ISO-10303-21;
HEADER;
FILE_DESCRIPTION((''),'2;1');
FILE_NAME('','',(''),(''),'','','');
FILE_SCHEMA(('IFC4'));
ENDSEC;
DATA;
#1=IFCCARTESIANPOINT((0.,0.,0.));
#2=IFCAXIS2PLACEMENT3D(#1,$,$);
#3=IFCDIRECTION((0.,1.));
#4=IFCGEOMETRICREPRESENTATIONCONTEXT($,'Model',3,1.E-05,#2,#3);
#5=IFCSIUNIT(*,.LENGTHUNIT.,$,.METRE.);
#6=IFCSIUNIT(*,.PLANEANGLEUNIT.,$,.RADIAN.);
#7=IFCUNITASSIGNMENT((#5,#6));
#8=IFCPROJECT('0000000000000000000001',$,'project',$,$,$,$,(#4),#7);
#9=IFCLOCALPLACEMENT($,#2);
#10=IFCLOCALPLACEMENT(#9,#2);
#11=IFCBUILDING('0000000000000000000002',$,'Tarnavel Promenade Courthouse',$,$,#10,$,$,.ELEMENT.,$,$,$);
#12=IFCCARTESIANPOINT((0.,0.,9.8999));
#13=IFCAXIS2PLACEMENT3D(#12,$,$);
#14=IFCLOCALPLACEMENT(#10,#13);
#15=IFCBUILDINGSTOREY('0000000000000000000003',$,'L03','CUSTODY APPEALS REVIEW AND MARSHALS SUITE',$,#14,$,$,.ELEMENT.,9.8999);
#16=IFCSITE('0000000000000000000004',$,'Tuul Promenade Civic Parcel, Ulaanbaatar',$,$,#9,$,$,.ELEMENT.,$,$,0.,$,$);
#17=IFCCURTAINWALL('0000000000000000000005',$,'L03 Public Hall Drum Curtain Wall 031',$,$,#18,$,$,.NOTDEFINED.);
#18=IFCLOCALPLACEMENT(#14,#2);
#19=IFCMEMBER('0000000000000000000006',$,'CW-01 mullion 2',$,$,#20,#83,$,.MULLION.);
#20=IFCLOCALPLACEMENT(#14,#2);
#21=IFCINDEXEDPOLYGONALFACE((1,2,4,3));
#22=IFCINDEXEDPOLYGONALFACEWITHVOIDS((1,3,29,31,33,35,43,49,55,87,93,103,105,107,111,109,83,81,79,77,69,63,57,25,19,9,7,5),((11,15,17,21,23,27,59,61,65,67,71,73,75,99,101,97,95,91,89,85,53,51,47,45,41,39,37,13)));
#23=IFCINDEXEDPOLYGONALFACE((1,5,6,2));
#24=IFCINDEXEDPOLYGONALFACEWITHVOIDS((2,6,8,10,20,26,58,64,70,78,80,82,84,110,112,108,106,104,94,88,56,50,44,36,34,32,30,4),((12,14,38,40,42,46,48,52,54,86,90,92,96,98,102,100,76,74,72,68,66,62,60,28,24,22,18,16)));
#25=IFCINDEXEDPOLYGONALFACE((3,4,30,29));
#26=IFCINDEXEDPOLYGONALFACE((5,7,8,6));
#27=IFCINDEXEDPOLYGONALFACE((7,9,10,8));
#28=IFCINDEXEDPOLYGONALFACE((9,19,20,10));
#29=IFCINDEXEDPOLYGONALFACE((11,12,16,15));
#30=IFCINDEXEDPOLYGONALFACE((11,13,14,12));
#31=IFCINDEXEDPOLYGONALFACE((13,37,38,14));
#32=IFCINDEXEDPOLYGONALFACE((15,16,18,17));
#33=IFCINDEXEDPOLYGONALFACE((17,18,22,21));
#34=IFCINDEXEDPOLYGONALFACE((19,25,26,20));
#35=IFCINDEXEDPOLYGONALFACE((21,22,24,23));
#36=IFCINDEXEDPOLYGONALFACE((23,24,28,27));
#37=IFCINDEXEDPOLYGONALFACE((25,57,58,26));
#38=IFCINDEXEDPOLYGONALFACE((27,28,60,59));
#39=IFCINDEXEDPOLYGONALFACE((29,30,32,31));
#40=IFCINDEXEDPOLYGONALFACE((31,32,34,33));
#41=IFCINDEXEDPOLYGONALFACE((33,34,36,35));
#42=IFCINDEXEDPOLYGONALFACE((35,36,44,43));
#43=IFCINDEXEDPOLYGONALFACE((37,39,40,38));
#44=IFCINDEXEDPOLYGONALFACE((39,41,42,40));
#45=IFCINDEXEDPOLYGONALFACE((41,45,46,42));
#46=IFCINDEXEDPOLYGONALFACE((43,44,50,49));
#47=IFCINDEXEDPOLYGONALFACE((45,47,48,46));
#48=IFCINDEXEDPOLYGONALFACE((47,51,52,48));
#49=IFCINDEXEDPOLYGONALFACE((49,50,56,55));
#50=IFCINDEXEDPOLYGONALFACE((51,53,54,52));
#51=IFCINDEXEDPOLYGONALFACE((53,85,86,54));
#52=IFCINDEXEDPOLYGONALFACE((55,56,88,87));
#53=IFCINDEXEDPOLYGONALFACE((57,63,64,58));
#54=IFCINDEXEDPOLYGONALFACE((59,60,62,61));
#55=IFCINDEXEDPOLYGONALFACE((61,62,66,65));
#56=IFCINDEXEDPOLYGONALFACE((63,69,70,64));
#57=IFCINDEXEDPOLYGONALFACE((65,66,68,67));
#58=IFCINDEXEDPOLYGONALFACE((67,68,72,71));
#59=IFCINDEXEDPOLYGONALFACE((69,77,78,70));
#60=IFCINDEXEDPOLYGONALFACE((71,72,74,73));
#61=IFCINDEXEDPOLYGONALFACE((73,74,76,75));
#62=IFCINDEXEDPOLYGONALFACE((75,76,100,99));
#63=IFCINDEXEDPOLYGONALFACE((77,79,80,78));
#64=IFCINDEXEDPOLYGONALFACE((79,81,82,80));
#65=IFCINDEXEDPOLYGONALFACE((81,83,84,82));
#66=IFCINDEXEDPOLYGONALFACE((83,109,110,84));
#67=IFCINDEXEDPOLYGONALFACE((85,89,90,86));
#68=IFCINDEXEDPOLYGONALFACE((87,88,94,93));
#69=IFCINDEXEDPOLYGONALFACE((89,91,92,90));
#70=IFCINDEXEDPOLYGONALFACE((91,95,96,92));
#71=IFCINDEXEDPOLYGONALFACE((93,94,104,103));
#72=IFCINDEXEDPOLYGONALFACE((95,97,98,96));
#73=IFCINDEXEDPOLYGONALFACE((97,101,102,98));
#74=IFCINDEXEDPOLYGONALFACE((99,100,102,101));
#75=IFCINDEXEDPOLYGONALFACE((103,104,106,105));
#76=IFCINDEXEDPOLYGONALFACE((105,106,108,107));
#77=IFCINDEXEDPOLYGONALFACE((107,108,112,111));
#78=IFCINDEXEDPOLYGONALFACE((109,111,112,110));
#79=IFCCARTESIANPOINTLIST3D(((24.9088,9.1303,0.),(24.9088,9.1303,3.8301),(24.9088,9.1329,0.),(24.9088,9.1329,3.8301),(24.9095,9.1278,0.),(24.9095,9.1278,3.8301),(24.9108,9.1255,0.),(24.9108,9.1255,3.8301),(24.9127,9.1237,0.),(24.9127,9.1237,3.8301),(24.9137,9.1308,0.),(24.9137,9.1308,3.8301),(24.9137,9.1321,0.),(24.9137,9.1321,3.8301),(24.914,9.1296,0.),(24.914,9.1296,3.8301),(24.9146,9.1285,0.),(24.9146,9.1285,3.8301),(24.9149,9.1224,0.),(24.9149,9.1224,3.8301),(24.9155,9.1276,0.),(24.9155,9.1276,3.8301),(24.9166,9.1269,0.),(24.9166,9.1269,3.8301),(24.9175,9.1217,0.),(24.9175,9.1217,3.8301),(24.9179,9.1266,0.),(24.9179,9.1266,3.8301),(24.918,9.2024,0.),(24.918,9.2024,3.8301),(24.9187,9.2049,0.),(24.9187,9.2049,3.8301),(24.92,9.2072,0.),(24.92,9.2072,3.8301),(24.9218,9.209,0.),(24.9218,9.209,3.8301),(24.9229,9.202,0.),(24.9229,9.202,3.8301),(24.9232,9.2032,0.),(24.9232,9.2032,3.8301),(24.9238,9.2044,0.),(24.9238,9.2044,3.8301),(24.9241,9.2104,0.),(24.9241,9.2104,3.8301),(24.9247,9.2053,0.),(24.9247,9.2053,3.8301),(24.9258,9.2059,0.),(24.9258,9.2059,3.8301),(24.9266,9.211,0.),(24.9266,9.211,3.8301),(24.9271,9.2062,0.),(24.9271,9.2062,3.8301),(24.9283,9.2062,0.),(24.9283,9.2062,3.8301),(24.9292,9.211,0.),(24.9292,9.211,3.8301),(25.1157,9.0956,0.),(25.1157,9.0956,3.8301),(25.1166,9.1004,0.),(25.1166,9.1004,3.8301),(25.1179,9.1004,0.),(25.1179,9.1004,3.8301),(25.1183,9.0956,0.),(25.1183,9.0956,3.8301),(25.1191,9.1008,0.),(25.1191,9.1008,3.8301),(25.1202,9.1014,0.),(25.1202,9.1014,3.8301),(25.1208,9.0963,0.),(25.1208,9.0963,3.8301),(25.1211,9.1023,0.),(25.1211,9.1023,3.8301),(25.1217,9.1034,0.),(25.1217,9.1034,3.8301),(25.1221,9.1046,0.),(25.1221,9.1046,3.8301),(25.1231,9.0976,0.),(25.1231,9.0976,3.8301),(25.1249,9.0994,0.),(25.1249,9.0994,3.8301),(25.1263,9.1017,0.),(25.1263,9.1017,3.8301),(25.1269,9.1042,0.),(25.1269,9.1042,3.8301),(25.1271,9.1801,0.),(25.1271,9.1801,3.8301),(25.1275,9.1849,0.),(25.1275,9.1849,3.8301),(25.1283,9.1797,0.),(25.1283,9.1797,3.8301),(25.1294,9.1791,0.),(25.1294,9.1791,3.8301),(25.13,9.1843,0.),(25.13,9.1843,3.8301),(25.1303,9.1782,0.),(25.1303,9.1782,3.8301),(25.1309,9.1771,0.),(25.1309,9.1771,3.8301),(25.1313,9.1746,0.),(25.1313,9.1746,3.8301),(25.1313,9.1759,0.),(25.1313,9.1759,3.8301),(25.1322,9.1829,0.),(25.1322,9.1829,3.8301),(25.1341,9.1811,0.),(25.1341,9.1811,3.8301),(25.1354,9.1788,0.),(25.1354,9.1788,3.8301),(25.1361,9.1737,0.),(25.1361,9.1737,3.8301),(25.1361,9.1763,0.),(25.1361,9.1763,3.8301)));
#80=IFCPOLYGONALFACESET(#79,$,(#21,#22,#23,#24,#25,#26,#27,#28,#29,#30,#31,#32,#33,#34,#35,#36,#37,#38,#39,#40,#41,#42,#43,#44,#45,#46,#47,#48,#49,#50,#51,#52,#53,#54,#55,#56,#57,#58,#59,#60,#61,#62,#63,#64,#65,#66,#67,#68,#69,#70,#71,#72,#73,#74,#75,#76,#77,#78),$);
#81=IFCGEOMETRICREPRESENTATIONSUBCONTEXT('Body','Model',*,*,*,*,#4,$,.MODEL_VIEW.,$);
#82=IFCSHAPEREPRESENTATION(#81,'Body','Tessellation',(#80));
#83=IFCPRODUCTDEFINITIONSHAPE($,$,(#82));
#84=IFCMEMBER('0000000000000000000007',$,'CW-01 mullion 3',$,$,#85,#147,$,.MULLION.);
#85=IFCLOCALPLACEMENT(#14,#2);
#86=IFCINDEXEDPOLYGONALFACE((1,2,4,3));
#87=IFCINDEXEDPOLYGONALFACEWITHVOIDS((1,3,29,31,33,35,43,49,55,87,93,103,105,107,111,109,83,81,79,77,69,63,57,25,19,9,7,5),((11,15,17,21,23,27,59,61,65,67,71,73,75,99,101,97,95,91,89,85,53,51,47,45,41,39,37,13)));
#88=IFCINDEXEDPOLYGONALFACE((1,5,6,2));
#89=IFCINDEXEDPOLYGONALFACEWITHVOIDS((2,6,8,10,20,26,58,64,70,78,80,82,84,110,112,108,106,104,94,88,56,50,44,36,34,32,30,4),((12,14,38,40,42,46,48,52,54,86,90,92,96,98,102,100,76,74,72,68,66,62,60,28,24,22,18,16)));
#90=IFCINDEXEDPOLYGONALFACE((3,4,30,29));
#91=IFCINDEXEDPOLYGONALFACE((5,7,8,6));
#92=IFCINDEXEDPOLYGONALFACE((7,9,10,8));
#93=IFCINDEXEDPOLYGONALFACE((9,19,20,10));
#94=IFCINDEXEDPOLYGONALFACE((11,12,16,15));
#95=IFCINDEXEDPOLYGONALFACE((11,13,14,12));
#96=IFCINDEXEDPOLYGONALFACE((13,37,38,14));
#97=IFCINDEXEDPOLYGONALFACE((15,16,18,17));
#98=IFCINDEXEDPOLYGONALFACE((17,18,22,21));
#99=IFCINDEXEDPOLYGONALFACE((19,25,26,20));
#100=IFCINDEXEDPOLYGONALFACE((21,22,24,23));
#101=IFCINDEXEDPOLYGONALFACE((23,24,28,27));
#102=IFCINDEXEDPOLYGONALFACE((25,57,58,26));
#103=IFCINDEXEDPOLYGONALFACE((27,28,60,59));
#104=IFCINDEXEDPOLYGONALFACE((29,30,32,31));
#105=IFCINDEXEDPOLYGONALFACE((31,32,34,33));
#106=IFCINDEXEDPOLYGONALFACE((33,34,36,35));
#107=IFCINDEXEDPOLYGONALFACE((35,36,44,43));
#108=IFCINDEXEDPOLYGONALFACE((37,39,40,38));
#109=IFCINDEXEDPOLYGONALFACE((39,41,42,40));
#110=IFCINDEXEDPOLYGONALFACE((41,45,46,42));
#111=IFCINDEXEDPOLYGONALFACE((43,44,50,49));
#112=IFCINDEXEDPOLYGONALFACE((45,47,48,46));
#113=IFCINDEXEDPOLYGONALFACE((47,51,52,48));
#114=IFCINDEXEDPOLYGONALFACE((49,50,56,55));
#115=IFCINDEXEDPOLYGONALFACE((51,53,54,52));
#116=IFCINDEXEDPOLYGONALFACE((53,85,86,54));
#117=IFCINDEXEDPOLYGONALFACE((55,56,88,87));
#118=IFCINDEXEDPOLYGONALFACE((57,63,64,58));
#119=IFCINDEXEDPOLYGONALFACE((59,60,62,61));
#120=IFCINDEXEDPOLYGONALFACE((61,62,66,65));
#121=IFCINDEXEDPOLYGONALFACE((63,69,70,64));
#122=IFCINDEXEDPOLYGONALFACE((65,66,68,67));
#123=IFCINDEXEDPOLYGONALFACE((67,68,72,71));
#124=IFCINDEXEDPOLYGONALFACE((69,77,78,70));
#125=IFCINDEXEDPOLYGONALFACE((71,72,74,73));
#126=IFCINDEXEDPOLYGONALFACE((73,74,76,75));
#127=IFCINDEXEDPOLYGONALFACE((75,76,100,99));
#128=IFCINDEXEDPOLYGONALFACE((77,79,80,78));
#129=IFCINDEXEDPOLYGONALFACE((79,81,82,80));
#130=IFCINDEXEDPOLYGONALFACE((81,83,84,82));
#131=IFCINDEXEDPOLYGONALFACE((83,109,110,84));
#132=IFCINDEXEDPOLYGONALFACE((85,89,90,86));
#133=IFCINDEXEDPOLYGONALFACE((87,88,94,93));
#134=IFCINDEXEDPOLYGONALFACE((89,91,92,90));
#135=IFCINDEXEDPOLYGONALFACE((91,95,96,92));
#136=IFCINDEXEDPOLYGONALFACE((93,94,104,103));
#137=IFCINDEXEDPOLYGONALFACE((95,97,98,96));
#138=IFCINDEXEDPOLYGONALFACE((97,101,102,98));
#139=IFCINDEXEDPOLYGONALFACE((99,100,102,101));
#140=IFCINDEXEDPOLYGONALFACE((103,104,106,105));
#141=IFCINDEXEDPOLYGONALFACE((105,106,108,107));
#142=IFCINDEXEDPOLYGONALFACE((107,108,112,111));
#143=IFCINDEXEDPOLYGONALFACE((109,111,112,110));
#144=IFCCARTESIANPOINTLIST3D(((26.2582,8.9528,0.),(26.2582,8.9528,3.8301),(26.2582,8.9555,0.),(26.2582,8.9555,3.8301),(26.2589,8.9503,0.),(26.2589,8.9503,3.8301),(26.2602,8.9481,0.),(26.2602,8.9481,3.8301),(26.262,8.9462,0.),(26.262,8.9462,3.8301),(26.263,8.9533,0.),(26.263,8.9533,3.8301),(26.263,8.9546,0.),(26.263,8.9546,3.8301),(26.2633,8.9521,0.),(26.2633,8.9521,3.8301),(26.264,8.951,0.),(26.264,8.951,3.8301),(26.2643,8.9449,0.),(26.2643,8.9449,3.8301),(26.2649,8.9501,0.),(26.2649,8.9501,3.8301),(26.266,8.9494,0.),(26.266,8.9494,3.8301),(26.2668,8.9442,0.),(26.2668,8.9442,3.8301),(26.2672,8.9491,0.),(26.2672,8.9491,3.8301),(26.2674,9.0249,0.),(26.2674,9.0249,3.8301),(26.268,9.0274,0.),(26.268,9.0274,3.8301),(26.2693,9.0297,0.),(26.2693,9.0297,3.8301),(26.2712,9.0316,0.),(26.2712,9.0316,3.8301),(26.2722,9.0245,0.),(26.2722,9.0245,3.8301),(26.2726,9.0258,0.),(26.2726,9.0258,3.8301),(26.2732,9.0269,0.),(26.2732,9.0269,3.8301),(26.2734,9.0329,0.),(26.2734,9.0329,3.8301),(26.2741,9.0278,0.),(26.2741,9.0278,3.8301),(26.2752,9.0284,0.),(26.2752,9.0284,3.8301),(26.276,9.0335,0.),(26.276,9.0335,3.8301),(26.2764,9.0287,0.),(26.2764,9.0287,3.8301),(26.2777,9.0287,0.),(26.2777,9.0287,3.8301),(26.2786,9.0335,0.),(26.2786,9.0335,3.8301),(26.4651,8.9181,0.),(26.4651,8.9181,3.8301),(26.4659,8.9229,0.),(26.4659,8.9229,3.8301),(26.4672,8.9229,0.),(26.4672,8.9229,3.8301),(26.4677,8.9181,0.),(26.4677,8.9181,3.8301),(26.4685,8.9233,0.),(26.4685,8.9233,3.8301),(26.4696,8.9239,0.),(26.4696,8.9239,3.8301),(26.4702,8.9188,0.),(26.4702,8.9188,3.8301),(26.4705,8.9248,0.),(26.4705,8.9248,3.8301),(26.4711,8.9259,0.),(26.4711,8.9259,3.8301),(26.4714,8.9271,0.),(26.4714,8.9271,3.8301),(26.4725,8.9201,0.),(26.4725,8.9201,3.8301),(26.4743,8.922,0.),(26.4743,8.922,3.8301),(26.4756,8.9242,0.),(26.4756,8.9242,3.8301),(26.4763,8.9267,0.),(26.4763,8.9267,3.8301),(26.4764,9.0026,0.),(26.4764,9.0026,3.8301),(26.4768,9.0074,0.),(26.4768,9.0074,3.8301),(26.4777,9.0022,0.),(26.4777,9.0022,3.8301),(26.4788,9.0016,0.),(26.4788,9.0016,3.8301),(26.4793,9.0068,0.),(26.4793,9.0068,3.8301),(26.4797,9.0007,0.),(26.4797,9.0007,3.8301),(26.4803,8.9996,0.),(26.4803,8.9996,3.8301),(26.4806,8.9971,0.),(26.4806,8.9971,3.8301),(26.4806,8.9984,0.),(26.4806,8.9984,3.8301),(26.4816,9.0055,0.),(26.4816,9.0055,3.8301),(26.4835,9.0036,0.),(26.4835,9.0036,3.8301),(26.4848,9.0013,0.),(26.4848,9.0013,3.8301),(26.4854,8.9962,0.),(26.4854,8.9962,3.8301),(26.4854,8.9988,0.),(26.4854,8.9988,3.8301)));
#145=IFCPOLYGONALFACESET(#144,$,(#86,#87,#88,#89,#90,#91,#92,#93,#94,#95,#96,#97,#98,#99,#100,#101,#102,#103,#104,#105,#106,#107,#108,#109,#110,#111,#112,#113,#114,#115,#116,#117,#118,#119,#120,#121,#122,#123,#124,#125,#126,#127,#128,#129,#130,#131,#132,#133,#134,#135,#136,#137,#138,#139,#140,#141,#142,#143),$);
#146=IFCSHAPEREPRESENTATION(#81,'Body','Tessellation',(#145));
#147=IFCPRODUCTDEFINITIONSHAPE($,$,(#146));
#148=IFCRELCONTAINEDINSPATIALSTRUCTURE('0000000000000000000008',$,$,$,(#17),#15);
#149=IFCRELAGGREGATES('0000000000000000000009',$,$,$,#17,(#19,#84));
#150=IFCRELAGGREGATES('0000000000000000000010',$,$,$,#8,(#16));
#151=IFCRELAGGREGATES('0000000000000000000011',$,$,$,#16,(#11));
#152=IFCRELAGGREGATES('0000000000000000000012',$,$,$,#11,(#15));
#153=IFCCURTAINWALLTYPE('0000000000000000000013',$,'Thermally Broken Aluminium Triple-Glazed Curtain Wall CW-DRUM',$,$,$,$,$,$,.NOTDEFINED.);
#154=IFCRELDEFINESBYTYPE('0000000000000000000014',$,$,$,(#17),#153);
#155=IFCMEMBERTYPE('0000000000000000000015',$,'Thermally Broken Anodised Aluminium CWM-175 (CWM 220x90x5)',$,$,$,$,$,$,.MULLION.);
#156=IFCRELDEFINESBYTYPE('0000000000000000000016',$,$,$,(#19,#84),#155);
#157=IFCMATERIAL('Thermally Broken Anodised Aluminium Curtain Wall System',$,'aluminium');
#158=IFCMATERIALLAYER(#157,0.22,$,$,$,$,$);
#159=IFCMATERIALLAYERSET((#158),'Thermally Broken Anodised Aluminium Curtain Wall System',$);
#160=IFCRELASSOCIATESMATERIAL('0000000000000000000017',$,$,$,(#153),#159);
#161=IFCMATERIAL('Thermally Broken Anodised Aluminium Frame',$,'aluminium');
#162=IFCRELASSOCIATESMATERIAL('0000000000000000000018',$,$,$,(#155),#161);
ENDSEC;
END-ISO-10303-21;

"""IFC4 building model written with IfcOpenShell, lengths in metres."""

from ifc_helpers import new_model, si_unit, direction, frame, origin, origin_2d, place, context, subcontext, project, spatial, hollow_rectangle, extrude, material, layer, layer_set, material_profile, profile_set, type_object, element, aggregate, save


model = new_model("IFC4")

# Units and contexts
model_context = context("Model", 3, precision=1e-05, world=origin(), true_north=direction((0.0, 1.0)))
body_context = subcontext(model_context, "Body", "Model", "MODEL_VIEW")
ifc_project = project(units=[si_unit("LENGTHUNIT", "METRE"), si_unit("PLANEANGLEUNIT", "RADIAN")], contexts=[model_context])

# Site, building, storey
site_placement = place(None, origin())
site = spatial("IfcSite", under=ifc_project, at=site_placement, Name="Tuul Promenade Civic Parcel, Ulaanbaatar", CompositionType="ELEMENT", RefElevation=0.0)
building_placement = place(site_placement, origin())
building = spatial("IfcBuilding", under=site, at=building_placement, Name="Tarnavel Promenade Courthouse", CompositionType="ELEMENT")
storey_placement = place(building_placement, frame((0.0, 0.0, 9.8999)))
storey = spatial("IfcBuildingStorey", under=building, at=storey_placement, Name="L03", Description="CUSTODY APPEALS REVIEW AND MARSHALS SUITE", CompositionType="ELEMENT", Elevation=9.8999)

# Shared definitions
ifc_material_1 = material(Name="Thermally Broken Anodised Aluminium Curtain Wall System", Category="aluminium")
ifc_layer_1 = layer(ifc_material_1, 0.22)
ifc_layer_set_1 = layer_set([ifc_layer_1], Name="Thermally Broken Anodised Aluminium Curtain Wall System")
curtain_wall_type = type_object("IfcCurtainWallType", Name="Thermally Broken Aluminium Triple-Glazed Curtain Wall CW-DRUM", PredefinedType="NOTDEFINED", material=ifc_layer_set_1)
ifc_material_2 = material(Name="Thermally Broken Anodised Aluminium Frame", Category="aluminium")
ifc_material_profile_1 = material_profile(ifc_material_2, hollow_rectangle(XDim=0.0901, YDim=0.22, WallThickness=0.0049, InnerFilletRadius=0.0049, OuterFilletRadius=0.01, at=origin_2d()), Name="CWM 220x90x5")
ifc_profile_set_1 = profile_set([ifc_material_profile_1], Name="Thermally Broken Anodised Aluminium Frame")
member_type_1 = type_object("IfcMemberType", Name="Thermally Broken Anodised Aluminium CWM-175 (CWM 220x90x5)", PredefinedType="MULLION", material=ifc_profile_set_1)

# Curtain wall, members
curtain_wall_1_placement = place(storey_placement, origin())
curtain_wall_1 = element("IfcCurtainWall", 1, at=curtain_wall_1_placement, inside=storey, type_object=curtain_wall_type, Name="L03 Public Hall Drum Curtain Wall 031", PredefinedType="NOTDEFINED")
member_1_placement = place(storey_placement, frame((25.0225, 9.1533, 0.0), z_axis=(0.0, 0.0, 1.0), x_axis=(0.130527, 0.991445, 0.0)))
member_1 = element("IfcMember", 2, at=member_1_placement, type_object=member_type_1, Name="CW-01 mullion 2", PredefinedType="MULLION", context=body_context, shape_type="SweptSolid", body=[
    extrude(hollow_rectangle(XDim=0.0901, YDim=0.22, WallThickness=0.0049, InnerFilletRadius=0.0049, OuterFilletRadius=0.01, at=origin_2d()), origin(), (0.0, 0.0, 1.0), 3.8301),
])
member_2_placement = place(storey_placement, frame((26.3718, 8.9758, 0.0), z_axis=(0.0, 0.0, 1.0), x_axis=(0.130527, 0.991445, 0.0)))
member_2 = element("IfcMember", 3, at=member_2_placement, type_object=member_type_1, Name="CW-01 mullion 3", PredefinedType="MULLION", context=body_context, shape_type="SweptSolid", body=[
    extrude(hollow_rectangle(XDim=0.0901, YDim=0.22, WallThickness=0.0049, InnerFilletRadius=0.0049, OuterFilletRadius=0.01, at=origin_2d()), origin(), (0.0, 0.0, 1.0), 3.8301),
])

aggregate(curtain_wall_1, [member_1, member_2])

save(model, "model.ifc")
